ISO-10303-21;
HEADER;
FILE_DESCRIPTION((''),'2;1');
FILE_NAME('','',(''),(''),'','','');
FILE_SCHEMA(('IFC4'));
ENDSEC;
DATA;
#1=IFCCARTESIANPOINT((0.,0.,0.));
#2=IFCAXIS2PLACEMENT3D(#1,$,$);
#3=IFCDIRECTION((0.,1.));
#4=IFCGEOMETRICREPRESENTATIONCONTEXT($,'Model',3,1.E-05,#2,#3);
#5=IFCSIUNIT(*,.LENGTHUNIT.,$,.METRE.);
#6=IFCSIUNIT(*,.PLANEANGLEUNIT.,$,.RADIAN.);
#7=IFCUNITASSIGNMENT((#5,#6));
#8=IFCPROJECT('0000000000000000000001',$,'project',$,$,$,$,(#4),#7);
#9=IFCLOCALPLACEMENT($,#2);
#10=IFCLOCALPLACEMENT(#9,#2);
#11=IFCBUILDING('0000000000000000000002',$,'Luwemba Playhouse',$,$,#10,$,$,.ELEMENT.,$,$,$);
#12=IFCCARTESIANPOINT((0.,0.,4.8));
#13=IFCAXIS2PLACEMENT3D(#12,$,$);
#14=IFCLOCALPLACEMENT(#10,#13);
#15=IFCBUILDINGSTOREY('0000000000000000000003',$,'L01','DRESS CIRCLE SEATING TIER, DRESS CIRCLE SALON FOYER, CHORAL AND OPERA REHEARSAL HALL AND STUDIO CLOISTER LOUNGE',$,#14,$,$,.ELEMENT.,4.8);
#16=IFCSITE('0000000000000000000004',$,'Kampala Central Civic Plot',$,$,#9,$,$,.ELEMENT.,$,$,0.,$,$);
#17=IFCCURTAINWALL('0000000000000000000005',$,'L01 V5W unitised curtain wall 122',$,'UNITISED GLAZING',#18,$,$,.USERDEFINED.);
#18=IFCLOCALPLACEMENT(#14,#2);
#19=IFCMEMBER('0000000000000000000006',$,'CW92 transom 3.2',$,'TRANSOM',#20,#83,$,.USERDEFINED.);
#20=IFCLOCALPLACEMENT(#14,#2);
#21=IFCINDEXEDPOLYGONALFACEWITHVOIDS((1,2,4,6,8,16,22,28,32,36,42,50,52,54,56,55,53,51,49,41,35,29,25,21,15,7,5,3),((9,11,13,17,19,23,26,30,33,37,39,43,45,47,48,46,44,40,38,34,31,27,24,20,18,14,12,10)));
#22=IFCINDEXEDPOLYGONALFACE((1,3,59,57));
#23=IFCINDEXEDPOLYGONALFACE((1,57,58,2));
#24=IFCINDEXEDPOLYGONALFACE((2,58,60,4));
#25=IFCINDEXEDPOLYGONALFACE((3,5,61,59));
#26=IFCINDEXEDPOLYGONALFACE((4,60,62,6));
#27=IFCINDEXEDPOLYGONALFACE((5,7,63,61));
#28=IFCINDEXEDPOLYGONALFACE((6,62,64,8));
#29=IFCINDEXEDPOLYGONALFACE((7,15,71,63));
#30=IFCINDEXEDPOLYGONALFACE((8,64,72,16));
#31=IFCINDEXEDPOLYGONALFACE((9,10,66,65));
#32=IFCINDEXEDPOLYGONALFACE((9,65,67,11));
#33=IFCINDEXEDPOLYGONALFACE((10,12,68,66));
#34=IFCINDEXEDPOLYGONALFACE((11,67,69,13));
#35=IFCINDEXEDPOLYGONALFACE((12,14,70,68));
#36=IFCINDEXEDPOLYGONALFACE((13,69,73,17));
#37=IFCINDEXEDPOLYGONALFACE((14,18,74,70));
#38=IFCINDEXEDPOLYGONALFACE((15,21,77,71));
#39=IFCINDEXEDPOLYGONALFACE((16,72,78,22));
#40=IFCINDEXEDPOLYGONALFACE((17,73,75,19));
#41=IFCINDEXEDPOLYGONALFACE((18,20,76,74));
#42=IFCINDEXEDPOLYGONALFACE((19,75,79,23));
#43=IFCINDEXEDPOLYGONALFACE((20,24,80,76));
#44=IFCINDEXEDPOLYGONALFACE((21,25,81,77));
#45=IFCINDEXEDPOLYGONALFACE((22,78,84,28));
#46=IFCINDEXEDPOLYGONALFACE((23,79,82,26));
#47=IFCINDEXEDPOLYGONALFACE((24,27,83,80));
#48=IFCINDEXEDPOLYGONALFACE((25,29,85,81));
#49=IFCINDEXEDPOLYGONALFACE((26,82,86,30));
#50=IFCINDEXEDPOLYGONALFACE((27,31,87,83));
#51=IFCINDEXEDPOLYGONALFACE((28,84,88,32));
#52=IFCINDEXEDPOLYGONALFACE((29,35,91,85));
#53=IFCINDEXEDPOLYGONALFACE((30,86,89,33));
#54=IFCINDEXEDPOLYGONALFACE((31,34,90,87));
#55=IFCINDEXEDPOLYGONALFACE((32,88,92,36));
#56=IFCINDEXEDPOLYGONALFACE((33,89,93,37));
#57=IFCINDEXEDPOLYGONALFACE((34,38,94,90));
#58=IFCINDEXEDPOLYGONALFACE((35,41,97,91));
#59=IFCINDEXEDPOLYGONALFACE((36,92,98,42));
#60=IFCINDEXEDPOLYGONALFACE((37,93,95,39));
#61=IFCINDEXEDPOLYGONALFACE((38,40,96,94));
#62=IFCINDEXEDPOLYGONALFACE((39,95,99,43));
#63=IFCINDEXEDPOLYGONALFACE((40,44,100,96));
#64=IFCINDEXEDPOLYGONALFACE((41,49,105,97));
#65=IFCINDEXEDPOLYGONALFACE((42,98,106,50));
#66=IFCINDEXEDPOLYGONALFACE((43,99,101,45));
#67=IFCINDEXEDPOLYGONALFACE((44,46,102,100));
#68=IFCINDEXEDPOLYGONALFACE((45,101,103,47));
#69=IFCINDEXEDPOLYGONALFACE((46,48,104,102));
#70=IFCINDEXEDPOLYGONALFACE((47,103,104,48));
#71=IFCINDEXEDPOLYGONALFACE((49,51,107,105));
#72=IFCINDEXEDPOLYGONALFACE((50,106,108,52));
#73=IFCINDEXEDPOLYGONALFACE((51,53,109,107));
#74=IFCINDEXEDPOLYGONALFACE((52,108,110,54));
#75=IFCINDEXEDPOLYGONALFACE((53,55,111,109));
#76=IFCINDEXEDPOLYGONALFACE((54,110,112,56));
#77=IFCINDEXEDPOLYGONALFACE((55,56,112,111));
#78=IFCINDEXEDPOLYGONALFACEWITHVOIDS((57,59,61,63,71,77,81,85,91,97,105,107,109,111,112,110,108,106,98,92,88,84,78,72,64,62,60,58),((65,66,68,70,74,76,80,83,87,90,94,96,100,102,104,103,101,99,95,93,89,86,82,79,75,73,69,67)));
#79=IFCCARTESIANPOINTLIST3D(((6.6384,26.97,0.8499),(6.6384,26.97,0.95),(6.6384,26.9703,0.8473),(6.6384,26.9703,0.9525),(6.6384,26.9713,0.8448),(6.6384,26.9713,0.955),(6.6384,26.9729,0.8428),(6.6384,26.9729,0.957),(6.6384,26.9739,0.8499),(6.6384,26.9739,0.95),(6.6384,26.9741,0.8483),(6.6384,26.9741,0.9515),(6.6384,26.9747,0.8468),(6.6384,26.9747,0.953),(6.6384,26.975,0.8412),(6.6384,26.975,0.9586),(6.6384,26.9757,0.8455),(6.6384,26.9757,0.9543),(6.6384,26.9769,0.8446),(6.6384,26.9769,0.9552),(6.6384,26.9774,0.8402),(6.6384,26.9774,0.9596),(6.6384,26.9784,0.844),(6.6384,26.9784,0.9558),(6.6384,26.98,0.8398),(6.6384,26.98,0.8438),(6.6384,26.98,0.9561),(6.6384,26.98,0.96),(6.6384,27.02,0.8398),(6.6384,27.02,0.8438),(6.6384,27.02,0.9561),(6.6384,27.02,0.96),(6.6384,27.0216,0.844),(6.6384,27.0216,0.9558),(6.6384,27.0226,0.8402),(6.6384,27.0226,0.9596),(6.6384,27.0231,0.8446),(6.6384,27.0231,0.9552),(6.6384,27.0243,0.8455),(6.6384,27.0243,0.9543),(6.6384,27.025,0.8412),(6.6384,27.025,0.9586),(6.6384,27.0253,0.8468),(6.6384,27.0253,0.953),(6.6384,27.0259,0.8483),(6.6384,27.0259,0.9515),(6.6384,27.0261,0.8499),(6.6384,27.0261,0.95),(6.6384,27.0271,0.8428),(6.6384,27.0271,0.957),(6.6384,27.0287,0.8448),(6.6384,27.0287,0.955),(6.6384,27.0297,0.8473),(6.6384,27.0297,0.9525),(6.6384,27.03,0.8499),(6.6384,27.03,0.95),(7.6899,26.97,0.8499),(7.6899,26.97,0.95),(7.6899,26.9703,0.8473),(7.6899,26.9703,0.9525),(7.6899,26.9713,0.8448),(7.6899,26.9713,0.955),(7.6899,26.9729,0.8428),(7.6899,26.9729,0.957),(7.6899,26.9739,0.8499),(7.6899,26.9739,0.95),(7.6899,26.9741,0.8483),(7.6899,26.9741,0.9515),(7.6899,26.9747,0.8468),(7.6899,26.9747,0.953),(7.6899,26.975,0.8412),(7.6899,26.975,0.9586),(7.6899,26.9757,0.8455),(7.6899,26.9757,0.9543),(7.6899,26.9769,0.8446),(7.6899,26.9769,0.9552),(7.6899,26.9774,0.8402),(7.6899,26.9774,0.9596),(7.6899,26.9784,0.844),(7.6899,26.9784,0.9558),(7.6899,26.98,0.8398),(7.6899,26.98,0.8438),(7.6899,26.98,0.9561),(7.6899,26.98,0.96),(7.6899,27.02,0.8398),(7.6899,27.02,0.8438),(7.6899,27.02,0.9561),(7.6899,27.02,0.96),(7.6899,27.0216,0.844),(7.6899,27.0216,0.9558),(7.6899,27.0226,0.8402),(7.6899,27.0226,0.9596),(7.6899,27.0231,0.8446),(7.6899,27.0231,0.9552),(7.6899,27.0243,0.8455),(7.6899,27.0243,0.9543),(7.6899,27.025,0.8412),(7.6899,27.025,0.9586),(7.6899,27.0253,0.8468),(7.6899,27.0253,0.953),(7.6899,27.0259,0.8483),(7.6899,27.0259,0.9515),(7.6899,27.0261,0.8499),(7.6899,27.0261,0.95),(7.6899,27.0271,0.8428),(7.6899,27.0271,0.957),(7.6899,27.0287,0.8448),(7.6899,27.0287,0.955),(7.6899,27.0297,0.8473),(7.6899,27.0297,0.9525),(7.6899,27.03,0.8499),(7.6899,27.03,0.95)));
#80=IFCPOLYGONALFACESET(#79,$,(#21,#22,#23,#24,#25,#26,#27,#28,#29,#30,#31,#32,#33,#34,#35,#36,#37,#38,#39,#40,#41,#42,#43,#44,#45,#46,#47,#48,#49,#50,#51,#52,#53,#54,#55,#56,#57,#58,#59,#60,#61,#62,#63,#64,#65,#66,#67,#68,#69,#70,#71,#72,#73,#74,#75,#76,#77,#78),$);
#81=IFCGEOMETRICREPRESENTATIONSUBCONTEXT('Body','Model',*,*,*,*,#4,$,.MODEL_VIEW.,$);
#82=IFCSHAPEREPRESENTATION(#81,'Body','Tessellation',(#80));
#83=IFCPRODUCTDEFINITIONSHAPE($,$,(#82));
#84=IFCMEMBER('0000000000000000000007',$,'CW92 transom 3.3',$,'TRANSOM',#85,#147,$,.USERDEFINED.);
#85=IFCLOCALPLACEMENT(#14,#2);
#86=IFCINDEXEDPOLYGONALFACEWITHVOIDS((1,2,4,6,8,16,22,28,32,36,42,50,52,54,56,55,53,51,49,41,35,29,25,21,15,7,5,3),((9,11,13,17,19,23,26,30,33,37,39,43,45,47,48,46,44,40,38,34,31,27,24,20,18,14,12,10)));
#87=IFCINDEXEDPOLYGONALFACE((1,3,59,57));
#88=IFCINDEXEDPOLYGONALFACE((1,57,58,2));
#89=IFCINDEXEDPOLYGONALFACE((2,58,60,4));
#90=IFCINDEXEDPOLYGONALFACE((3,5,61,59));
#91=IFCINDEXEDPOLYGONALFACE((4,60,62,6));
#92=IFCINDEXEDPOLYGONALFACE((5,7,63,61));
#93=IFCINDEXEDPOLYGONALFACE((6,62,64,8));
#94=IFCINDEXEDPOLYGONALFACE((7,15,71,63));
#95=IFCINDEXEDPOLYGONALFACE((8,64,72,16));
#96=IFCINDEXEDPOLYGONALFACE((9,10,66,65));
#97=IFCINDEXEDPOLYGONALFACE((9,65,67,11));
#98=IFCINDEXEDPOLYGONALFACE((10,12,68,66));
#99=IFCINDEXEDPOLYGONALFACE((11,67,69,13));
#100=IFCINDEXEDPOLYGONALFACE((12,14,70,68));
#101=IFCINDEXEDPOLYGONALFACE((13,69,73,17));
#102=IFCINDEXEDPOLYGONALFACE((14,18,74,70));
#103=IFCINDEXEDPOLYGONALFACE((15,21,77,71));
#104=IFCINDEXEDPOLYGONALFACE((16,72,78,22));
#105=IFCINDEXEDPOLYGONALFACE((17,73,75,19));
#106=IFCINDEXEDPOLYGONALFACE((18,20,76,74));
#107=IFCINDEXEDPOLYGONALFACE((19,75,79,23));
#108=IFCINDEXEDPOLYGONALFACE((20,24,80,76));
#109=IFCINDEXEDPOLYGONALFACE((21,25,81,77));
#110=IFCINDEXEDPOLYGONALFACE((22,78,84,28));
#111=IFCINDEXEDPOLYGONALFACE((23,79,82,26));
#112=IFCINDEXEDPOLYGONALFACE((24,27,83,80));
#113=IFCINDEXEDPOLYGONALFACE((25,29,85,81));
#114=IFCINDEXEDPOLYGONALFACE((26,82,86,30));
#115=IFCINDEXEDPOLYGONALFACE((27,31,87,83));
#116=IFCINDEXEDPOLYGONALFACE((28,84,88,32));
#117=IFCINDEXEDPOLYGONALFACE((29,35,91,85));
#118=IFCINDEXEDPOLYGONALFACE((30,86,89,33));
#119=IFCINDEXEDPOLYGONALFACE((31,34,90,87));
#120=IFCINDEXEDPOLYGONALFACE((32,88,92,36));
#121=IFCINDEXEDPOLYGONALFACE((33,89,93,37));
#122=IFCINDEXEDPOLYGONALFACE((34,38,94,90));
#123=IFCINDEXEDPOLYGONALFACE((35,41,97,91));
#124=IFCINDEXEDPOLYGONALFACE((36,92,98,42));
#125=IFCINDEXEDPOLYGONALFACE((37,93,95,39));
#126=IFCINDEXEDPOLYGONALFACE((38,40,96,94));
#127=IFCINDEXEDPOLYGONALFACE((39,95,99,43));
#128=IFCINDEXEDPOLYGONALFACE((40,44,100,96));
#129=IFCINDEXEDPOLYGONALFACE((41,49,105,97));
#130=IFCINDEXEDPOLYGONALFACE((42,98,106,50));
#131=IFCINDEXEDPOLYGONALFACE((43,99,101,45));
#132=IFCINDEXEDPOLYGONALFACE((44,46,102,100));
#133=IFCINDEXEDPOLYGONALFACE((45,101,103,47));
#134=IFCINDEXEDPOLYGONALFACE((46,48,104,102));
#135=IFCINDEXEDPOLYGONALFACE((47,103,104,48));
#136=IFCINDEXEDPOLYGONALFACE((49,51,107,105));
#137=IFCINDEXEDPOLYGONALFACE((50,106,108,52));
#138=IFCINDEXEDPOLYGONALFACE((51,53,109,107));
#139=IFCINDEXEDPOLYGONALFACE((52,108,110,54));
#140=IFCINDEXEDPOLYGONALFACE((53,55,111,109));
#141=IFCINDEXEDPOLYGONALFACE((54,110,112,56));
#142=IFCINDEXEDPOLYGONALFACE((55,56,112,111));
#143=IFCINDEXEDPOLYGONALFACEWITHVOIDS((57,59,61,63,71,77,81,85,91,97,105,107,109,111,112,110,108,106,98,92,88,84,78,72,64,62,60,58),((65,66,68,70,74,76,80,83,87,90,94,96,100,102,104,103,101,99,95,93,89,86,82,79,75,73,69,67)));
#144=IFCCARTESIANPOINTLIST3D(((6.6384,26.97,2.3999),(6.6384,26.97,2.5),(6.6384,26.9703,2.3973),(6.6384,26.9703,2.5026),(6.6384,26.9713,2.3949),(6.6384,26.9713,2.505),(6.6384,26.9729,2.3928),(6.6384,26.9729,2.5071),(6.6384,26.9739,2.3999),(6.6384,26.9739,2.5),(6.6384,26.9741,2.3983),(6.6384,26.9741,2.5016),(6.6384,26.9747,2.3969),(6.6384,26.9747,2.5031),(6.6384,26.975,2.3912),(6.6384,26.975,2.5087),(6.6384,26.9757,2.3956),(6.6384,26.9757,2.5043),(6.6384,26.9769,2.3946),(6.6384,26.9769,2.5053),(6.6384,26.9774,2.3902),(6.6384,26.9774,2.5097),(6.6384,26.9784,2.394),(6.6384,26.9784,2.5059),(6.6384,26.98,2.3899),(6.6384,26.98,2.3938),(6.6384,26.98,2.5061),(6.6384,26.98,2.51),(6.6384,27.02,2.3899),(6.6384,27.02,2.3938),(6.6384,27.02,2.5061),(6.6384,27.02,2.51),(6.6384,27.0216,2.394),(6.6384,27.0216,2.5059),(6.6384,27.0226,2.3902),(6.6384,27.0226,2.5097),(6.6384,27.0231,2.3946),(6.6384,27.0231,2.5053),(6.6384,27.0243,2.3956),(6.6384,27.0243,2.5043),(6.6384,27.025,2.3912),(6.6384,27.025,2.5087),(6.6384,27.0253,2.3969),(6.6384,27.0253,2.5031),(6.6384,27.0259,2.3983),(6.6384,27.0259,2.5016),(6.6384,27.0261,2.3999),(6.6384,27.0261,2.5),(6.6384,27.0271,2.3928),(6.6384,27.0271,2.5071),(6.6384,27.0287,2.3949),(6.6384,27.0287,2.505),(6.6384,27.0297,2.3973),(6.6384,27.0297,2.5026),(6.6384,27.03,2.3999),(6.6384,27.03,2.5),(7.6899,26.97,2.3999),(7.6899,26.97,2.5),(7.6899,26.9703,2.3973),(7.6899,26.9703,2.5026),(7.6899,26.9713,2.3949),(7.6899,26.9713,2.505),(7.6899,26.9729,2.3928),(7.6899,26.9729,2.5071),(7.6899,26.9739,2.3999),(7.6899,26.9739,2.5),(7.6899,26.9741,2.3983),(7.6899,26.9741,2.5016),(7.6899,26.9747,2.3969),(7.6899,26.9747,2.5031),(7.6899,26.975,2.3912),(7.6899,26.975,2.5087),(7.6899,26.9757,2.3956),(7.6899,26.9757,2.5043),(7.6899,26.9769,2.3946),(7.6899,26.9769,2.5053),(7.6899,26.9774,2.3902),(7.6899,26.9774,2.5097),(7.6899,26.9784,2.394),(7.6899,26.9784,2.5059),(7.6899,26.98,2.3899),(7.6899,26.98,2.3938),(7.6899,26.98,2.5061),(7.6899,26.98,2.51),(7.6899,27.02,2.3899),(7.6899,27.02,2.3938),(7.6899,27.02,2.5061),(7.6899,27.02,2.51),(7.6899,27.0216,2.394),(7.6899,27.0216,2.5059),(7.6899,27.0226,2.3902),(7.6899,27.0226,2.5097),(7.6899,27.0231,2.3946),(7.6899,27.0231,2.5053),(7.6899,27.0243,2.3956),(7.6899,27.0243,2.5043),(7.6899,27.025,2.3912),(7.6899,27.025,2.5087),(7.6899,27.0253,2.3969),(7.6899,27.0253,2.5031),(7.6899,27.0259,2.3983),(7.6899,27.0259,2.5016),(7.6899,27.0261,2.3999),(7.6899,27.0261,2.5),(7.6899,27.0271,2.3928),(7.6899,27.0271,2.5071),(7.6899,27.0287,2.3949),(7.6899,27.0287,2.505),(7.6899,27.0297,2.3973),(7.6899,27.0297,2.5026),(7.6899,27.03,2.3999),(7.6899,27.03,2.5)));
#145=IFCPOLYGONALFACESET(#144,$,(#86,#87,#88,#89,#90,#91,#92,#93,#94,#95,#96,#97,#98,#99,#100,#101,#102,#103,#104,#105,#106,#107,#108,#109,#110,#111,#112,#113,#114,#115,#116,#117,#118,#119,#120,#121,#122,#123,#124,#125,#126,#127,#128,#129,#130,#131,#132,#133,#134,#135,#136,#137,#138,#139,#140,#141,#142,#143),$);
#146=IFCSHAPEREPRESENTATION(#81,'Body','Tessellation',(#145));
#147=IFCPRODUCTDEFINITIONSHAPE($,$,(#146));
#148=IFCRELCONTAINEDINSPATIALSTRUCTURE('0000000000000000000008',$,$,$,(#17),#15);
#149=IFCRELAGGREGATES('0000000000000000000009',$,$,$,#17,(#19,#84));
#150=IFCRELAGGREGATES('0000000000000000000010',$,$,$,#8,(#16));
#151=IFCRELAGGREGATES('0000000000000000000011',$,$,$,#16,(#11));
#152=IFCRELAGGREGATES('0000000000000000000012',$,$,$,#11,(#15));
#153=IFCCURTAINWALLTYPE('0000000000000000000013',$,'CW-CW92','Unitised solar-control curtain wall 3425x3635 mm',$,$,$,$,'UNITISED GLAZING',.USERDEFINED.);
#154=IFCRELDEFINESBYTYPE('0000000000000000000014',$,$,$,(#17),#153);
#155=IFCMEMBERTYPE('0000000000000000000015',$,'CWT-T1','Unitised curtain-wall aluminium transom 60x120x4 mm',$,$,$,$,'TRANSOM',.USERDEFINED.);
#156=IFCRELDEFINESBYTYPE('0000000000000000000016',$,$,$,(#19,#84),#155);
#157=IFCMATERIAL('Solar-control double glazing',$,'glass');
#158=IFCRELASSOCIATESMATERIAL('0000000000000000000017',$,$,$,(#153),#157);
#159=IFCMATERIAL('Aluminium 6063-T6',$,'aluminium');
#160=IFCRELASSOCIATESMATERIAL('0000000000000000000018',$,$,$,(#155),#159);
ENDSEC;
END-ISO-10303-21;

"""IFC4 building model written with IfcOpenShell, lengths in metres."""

from ifc_helpers import new_model, si_unit, direction, frame, origin, origin_2d, place, context, subcontext, project, spatial, hollow_rectangle, extrude, material, material_profile, profile_set, type_object, element, aggregate, save


model = new_model("IFC4")

# Units and contexts
model_context = context("Model", 3, precision=1e-05, world=origin(), true_north=direction((0.0, 1.0)))
body_context = subcontext(model_context, "Body", "Model", "MODEL_VIEW")
ifc_project = project(units=[si_unit("LENGTHUNIT", "METRE"), si_unit("PLANEANGLEUNIT", "RADIAN")], contexts=[model_context])

# Site, building, storey
site_placement = place(None, origin())
site = spatial("IfcSite", under=ifc_project, at=site_placement, Name="Kampala Central Civic Plot", CompositionType="ELEMENT", RefElevation=0.0)
building_placement = place(site_placement, origin())
building = spatial("IfcBuilding", under=site, at=building_placement, Name="Luwemba Playhouse", CompositionType="ELEMENT")
storey_placement = place(building_placement, frame((0.0, 0.0, 4.8)))
storey = spatial("IfcBuildingStorey", under=building, at=storey_placement, Name="L01", Description="DRESS CIRCLE SEATING TIER, DRESS CIRCLE SALON FOYER, CHORAL AND OPERA REHEARSAL HALL AND STUDIO CLOISTER LOUNGE", CompositionType="ELEMENT", Elevation=4.8)

# Curtain wall
ifc_material_1 = material(Name="Solar-control double glazing", Category="glass")
curtain_wall_type_1 = type_object("IfcCurtainWallType", Name="CW-CW92", Description="Unitised solar-control curtain wall 3425x3635 mm", ElementType="UNITISED GLAZING", PredefinedType="USERDEFINED", material=ifc_material_1)
curtain_wall_1_placement = place(storey_placement, origin())
curtain_wall_1 = element("IfcCurtainWall", 1, at=curtain_wall_1_placement, inside=storey, type_object=curtain_wall_type_1, Name="L01 V5W unitised curtain wall 122", ObjectType="UNITISED GLAZING", PredefinedType="USERDEFINED")
ifc_material_2 = material(Name="Aluminium 6063-T6", Category="aluminium")

# Members
ifc_material_profile_1 = material_profile(ifc_material_2, hollow_rectangle(XDim=0.0601, YDim=0.1201, WallThickness=0.0039, InnerFilletRadius=0.0061, OuterFilletRadius=0.01, at=origin_2d()))
ifc_profile_set_1 = profile_set([ifc_material_profile_1], Name="Aluminium 6063-T6")
member_type_1 = type_object("IfcMemberType", Name="CWT-T1", Description="Unitised curtain-wall aluminium transom 60x120x4 mm", ElementType="TRANSOM", PredefinedType="USERDEFINED", material=ifc_profile_set_1)
member_1_placement = place(storey_placement, frame((6.6384, 27.0, 0.8999), z_axis=(1.0, 0.0, 0.0), x_axis=(0.0, 1.0, 0.0)))
member_1 = element("IfcMember", 2, at=member_1_placement, type_object=member_type_1, Name="CW92 transom 3.2", ObjectType="TRANSOM", PredefinedType="USERDEFINED", context=body_context, shape_type="SweptSolid", body=[
    extrude(hollow_rectangle(XDim=0.0601, YDim=0.1201, WallThickness=0.0039, InnerFilletRadius=0.0061, OuterFilletRadius=0.01, at=origin_2d()), origin(), (0.0, 0.0, 1.0), 1.0515),
])
member_2_placement = place(storey_placement, frame((6.6384, 27.0, 2.45), z_axis=(1.0, 0.0, 0.0), x_axis=(0.0, 1.0, 0.0)))
member_2 = element("IfcMember", 3, at=member_2_placement, type_object=member_type_1, Name="CW92 transom 3.3", ObjectType="TRANSOM", PredefinedType="USERDEFINED", context=body_context, shape_type="SweptSolid", body=[
    extrude(hollow_rectangle(XDim=0.0601, YDim=0.1201, WallThickness=0.0039, InnerFilletRadius=0.0061, OuterFilletRadius=0.01, at=origin_2d()), origin(), (0.0, 0.0, 1.0), 1.0515),
])

aggregate(curtain_wall_1, [member_1, member_2])

save(model, "model.ifc")
